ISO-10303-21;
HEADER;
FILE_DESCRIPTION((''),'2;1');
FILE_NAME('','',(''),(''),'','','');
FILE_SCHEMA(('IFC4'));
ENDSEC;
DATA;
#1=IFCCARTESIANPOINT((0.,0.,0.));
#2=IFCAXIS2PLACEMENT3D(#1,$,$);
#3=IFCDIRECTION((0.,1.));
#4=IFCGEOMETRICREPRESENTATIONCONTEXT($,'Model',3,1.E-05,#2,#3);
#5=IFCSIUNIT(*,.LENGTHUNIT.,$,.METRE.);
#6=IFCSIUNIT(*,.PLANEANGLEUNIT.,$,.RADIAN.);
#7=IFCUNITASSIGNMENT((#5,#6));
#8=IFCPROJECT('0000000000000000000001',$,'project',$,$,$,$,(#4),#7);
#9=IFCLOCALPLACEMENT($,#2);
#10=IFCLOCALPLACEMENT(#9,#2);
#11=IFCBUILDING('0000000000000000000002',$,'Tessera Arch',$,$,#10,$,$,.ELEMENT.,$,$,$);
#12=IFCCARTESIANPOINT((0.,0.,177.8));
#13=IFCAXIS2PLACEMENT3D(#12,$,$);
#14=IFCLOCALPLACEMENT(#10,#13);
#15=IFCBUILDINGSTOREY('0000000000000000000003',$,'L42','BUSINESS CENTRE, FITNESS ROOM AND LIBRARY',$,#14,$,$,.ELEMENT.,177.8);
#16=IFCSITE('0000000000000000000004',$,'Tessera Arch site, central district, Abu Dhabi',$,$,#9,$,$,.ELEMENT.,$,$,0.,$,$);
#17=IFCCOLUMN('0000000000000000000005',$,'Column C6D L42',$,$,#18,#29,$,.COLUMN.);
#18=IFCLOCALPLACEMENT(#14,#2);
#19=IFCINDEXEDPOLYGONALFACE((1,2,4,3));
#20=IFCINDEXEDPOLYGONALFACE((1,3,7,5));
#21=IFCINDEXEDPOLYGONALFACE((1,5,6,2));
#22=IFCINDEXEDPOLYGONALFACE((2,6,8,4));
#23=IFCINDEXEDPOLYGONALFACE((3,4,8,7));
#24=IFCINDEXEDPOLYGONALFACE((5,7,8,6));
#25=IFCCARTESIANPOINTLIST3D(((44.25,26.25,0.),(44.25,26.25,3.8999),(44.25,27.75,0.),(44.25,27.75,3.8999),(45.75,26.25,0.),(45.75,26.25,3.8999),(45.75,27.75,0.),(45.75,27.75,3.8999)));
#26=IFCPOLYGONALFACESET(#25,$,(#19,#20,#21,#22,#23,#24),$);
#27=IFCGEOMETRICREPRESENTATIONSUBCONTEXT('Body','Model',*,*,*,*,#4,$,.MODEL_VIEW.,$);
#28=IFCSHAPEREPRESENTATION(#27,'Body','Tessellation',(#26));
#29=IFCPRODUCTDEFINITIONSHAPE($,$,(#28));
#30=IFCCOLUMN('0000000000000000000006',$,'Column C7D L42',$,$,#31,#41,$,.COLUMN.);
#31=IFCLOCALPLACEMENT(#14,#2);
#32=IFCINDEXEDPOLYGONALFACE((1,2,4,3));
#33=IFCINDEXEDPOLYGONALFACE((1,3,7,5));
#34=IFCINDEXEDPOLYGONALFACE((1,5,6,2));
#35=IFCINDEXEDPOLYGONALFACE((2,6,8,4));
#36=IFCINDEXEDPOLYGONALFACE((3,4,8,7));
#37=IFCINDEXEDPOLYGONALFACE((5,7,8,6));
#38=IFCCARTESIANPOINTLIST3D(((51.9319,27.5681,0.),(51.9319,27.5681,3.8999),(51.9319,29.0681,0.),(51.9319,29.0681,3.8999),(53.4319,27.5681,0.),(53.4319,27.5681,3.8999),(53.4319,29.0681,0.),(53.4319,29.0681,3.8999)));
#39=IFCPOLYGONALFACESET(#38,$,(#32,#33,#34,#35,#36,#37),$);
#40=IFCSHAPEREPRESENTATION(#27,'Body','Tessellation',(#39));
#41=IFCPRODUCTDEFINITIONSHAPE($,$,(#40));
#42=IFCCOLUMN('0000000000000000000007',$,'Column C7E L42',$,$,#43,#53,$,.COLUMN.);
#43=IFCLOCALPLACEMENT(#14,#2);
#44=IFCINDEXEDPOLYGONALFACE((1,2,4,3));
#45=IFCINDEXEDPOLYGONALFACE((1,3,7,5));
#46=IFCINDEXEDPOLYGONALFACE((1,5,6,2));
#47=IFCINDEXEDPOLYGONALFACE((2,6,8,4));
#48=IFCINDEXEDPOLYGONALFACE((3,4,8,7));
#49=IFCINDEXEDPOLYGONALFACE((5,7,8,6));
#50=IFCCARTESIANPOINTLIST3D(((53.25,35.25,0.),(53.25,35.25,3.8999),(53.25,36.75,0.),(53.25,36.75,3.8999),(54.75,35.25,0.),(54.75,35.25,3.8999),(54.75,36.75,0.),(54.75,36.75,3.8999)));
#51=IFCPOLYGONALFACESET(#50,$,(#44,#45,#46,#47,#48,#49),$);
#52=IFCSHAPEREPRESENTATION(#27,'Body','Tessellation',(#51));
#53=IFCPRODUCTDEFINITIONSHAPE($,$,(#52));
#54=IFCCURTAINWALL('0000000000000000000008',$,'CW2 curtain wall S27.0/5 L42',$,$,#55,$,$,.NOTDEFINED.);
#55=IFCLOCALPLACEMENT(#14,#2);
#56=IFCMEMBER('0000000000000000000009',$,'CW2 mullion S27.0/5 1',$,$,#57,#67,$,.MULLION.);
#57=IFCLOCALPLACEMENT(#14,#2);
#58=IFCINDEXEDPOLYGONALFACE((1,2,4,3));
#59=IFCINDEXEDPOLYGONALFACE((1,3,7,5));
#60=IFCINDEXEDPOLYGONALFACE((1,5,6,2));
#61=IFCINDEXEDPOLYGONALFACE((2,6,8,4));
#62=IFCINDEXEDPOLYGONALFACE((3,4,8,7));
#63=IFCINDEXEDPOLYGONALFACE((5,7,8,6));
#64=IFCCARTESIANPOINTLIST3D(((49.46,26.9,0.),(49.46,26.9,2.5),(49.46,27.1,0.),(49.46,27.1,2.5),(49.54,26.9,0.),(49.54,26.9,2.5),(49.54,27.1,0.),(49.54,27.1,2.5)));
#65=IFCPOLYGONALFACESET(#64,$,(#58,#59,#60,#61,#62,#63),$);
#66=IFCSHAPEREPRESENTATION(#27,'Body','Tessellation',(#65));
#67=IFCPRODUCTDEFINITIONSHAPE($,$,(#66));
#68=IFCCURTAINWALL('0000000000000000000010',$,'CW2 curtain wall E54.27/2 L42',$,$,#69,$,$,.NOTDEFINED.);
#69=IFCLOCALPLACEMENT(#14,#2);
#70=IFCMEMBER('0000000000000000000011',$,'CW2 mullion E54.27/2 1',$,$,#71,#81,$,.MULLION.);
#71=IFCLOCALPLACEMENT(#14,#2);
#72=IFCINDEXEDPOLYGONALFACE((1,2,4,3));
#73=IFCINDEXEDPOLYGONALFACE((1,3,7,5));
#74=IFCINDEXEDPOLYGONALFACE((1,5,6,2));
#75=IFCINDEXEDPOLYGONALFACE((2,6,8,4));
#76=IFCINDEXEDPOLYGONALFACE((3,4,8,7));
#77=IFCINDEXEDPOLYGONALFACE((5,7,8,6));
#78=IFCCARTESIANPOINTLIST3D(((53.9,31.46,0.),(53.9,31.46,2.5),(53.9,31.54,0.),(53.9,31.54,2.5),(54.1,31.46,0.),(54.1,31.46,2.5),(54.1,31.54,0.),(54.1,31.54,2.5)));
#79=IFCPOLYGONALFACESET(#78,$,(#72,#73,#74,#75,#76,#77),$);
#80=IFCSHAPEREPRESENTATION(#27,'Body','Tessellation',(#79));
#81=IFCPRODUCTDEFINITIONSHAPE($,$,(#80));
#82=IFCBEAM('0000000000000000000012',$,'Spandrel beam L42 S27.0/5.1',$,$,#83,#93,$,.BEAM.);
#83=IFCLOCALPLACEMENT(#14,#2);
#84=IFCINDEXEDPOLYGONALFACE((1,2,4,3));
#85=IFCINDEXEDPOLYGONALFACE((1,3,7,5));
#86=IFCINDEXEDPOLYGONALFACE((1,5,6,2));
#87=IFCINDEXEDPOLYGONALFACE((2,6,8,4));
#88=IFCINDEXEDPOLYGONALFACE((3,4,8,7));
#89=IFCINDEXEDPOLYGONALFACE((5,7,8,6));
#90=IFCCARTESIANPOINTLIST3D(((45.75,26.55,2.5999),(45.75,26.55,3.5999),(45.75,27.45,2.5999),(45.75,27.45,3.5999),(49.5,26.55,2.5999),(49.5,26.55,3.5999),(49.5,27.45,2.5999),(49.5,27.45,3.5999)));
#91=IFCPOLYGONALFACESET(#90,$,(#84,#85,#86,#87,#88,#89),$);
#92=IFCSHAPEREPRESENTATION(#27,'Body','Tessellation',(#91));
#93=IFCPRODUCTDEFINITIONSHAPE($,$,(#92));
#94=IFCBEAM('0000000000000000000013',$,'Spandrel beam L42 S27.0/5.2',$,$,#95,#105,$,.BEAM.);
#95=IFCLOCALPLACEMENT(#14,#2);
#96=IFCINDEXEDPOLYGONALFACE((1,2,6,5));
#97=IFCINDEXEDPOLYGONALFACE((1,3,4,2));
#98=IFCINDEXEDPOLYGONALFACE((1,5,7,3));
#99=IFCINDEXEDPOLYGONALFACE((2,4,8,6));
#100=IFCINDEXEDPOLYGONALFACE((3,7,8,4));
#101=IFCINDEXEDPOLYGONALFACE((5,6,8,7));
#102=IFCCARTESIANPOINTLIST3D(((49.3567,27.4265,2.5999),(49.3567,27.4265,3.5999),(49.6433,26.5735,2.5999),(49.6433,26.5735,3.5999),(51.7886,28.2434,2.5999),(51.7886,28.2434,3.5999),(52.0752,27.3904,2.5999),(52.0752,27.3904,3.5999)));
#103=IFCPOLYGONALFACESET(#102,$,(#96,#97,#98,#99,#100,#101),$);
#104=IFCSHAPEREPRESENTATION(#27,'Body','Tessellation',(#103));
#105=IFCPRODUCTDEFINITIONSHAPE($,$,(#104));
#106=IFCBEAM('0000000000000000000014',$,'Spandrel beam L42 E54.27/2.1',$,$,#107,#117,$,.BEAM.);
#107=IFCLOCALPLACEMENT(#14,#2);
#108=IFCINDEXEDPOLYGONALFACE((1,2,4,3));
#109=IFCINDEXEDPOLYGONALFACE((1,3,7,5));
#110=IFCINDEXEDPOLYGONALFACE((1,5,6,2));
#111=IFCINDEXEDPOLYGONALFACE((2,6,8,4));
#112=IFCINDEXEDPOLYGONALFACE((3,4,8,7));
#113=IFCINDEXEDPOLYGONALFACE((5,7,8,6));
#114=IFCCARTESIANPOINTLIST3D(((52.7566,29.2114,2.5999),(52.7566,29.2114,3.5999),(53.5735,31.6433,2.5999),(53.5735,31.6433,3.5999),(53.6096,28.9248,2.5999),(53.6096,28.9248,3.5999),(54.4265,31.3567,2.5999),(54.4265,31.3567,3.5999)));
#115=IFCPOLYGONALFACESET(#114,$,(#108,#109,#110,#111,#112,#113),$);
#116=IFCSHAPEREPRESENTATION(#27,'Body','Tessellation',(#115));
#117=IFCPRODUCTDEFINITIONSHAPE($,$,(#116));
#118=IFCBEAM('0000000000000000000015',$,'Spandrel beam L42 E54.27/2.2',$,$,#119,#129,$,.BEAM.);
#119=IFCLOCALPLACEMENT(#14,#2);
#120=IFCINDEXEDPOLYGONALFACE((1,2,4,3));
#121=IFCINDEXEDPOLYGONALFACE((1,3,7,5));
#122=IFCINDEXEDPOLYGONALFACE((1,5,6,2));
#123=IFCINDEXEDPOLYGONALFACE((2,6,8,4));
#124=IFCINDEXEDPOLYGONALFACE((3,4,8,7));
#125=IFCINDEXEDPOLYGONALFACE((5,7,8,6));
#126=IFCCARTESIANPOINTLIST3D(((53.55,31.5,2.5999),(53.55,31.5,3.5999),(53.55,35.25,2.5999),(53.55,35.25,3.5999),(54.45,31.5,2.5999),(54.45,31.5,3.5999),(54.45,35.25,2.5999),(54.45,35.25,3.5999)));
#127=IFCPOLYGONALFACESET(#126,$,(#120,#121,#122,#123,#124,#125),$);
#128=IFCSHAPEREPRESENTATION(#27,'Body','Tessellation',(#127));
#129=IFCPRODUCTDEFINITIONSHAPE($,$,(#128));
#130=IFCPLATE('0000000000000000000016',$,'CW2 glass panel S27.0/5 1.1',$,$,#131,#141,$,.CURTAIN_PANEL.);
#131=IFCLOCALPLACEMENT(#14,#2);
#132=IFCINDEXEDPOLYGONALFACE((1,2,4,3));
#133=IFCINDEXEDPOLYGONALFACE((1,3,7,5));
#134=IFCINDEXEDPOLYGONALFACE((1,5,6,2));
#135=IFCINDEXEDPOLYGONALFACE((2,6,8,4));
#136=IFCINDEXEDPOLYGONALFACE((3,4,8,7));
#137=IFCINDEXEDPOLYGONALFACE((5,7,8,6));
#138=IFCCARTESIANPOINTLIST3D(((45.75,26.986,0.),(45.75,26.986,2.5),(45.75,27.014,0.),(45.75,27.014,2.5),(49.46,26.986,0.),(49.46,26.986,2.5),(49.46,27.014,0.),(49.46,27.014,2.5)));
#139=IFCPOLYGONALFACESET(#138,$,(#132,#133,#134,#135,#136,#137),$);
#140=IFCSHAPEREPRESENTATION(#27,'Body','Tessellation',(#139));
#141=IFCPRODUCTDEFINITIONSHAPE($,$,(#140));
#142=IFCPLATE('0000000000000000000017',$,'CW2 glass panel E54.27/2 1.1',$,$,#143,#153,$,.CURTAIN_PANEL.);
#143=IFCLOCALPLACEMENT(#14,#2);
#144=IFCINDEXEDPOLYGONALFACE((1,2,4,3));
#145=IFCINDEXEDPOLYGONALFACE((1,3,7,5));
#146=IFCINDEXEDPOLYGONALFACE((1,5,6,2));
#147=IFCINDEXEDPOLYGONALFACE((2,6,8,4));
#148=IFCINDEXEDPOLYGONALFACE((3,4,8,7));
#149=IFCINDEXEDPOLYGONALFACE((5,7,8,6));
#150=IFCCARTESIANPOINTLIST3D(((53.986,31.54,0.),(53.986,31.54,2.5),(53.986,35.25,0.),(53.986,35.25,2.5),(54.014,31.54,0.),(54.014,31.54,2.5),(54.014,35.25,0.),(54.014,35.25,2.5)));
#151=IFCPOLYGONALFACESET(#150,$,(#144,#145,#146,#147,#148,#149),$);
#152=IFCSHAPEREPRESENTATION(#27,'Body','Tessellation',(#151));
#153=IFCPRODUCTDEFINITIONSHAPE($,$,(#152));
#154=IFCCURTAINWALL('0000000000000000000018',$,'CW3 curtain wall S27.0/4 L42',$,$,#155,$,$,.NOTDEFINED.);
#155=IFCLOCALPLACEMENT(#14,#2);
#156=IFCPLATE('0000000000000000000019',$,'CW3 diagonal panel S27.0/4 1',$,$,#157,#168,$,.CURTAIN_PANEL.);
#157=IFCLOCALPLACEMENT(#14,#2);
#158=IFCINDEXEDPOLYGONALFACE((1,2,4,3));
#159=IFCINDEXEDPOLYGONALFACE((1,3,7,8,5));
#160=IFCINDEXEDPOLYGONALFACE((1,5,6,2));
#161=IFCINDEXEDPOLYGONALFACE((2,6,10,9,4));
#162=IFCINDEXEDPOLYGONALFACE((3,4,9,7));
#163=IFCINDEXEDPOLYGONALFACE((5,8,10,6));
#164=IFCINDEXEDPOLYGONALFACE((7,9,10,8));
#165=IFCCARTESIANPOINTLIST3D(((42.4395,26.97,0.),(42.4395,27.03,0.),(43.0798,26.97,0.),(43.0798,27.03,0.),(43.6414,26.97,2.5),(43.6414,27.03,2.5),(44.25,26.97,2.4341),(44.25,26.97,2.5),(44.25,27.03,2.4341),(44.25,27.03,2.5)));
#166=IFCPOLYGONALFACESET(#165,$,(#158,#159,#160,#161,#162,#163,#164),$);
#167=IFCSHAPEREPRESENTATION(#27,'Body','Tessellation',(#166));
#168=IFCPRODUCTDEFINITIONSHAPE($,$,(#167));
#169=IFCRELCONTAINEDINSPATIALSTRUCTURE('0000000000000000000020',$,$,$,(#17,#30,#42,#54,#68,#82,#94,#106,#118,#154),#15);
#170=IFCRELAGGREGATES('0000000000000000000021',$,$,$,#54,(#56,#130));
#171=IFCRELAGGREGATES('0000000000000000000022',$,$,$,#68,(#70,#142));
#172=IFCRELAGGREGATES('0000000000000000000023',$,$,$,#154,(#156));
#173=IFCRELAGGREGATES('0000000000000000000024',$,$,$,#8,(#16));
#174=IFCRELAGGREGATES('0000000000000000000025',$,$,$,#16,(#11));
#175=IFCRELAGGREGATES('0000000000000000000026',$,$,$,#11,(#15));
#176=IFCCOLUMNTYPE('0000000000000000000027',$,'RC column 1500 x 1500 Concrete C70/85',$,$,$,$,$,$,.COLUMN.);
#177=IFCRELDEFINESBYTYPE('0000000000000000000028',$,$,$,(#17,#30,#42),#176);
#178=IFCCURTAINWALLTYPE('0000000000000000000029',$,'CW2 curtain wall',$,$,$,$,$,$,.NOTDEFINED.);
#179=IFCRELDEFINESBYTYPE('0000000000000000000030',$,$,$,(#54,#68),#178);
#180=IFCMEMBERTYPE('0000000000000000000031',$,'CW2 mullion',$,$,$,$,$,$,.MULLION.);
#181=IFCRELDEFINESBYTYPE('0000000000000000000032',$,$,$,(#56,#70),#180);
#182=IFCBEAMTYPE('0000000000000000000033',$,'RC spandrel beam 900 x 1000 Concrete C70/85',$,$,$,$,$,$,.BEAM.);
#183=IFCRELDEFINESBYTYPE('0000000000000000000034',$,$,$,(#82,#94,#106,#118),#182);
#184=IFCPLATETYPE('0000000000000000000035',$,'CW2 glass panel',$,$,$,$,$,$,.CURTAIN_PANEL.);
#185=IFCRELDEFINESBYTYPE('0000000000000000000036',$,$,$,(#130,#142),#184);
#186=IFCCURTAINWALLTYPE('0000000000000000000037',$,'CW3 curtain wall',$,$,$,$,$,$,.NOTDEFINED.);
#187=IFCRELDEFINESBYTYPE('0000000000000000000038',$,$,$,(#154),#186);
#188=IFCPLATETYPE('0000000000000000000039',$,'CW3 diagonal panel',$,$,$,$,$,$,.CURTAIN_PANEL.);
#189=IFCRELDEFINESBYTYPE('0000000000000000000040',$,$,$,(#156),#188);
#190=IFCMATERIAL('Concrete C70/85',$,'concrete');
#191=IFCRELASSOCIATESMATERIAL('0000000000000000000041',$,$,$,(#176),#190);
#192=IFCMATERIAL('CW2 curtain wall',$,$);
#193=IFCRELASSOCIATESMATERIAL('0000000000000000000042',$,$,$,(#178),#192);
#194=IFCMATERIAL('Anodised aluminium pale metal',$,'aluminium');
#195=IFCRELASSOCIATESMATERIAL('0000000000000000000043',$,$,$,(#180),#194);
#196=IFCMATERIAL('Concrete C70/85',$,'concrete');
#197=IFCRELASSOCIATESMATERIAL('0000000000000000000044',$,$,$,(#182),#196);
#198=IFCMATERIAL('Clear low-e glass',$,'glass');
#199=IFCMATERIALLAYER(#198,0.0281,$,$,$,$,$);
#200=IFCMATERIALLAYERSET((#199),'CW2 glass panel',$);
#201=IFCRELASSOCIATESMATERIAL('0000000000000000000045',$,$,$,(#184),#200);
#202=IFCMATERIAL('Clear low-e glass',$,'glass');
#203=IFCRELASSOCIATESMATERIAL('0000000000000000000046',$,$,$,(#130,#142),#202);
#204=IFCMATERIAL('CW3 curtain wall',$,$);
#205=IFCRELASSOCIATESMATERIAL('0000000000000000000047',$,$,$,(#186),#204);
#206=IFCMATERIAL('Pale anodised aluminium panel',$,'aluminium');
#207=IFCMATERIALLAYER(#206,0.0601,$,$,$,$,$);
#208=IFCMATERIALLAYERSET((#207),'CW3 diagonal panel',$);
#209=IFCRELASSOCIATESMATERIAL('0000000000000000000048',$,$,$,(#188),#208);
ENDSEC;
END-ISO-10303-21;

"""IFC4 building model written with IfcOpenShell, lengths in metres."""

from ifc_helpers import new_model, si_unit, direction, frame, origin, origin_2d, place, context, subcontext, project, spatial, polyline, rectangle, outline, extrude, material, layer, layer_set, material_profile, profile_set, type_object, element, aggregate, save


model = new_model("IFC4")

# Units and contexts
model_context = context("Model", 3, precision=1e-05, world=origin(), true_north=direction((0.0, 1.0)))
body_context = subcontext(model_context, "Body", "Model", "MODEL_VIEW")
ifc_project = project(units=[si_unit("LENGTHUNIT", "METRE"), si_unit("PLANEANGLEUNIT", "RADIAN")], contexts=[model_context])

# Site, building, storey
site_placement = place(None, origin())
site = spatial("IfcSite", under=ifc_project, at=site_placement, Name="Tessera Arch site, central district, Abu Dhabi", CompositionType="ELEMENT", RefElevation=0.0)
building_placement = place(site_placement, origin())
building = spatial("IfcBuilding", under=site, at=building_placement, Name="Tessera Arch", CompositionType="ELEMENT")
storey_placement = place(building_placement, frame((0.0, 0.0, 177.8)))
storey = spatial("IfcBuildingStorey", under=building, at=storey_placement, Name="L42", Description="BUSINESS CENTRE, FITNESS ROOM AND LIBRARY", CompositionType="ELEMENT", Elevation=177.8)

# Columns
ifc_material_1 = material(Name="Concrete C70/85", Category="concrete")
ifc_material_profile_1 = material_profile(ifc_material_1, rectangle(XDim=1.5, YDim=1.5, at=origin_2d()), Name="RC column 1500 x 1500 Concrete C70/85")
ifc_profile_set_1 = profile_set([ifc_material_profile_1], Name="Concrete C70/85")
column_type = type_object("IfcColumnType", Name="RC column 1500 x 1500 Concrete C70/85", PredefinedType="COLUMN", material=ifc_profile_set_1)
for number, where, z_axis, x_axis, name in (
    (1, (45.0, 27.0, 0.0), (0.0, 0.0, 1.0), (1.0, 0.0, 0.0), "Column C6D L42"),
    (2, (52.6819, 28.3181, 0.0), (0.0, 0.0, 1.0), (1.0, 0.0, 0.0), "Column C7D L42"),
    (3, (54.0, 36.0, 0.0), (0.0, 0.0, 1.0), (1.0, 0.0, 0.0), "Column C7E L42"),
):
    element("IfcColumn", number, at=place(storey_placement, frame(where, z_axis=z_axis, x_axis=x_axis)), inside=storey, type_object=column_type, Name=name, PredefinedType="COLUMN", context=body_context, shape_type="SweptSolid", body=[
        extrude(rectangle(XDim=1.5, YDim=1.5, at=origin_2d()), origin(), (0.0, 0.0, 1.0), 3.8999),
    ])

# Curtain walls, members
ifc_material_2 = material(Name="CW2 curtain wall")
curtain_wall_type_1 = type_object("IfcCurtainWallType", Name="CW2 curtain wall", PredefinedType="NOTDEFINED", material=ifc_material_2)
curtain_wall_1_placement = place(storey_placement, origin())
curtain_wall_1 = element("IfcCurtainWall", 4, at=curtain_wall_1_placement, inside=storey, type_object=curtain_wall_type_1, Name="CW2 curtain wall S27.0/5 L42", PredefinedType="NOTDEFINED")
ifc_material_3 = material(Name="Anodised aluminium pale metal", Category="aluminium")
ifc_material_profile_2 = material_profile(ifc_material_3, rectangle(XDim=0.2, YDim=0.0801, at=origin_2d()), Name="AL 80x200")
ifc_profile_set_2 = profile_set([ifc_material_profile_2], Name="Anodised aluminium pale metal")
member_type = type_object("IfcMemberType", Name="CW2 mullion", PredefinedType="MULLION", material=ifc_profile_set_2)
member_1_placement = place(storey_placement, frame((49.5, 27.0, 0.0), z_axis=(0.0, 0.0, 1.0), x_axis=(0.0, 1.0, 0.0)))
member_1 = element("IfcMember", 5, at=member_1_placement, type_object=member_type, Name="CW2 mullion S27.0/5 1", PredefinedType="MULLION", context=body_context, shape_type="SweptSolid", body=[
    extrude(rectangle(XDim=0.2, YDim=0.0801, at=origin_2d()), origin(), (0.0, 0.0, 1.0), 2.5),
])
curtain_wall_2_placement = place(storey_placement, origin())
curtain_wall_2 = element("IfcCurtainWall", 6, at=curtain_wall_2_placement, inside=storey, type_object=curtain_wall_type_1, Name="CW2 curtain wall E54.27/2 L42", PredefinedType="NOTDEFINED")
member_2_placement = place(storey_placement, frame((54.0, 31.5, 0.0), z_axis=(0.0, 0.0, 1.0), x_axis=(-1.0, 0.0, 0.0)))
member_2 = element("IfcMember", 7, at=member_2_placement, type_object=member_type, Name="CW2 mullion E54.27/2 1", PredefinedType="MULLION", context=body_context, shape_type="SweptSolid", body=[
    extrude(rectangle(XDim=0.2, YDim=0.0801, at=origin_2d()), origin(), (0.0, 0.0, 1.0), 2.5),
])

# Beams
ifc_material_4 = material(Name="Concrete C70/85", Category="concrete")
ifc_material_profile_3 = material_profile(ifc_material_4, rectangle(XDim=0.8999, YDim=1.0, at=origin_2d()), Name="RC spandrel beam 900 x 1000 Concrete C70/85")
ifc_profile_set_3 = profile_set([ifc_material_profile_3], Name="Concrete C70/85")
beam_type = type_object("IfcBeamType", Name="RC spandrel beam 900 x 1000 Concrete C70/85", PredefinedType="BEAM", material=ifc_profile_set_3)
beam_1_placement = place(storey_placement, frame((45.75, 27.0, 3.0999), z_axis=(1.0, 0.0, 0.0), x_axis=(0.0, 1.0, 0.0)))
element("IfcBeam", 8, at=beam_1_placement, inside=storey, type_object=beam_type, Name="Spandrel beam L42 S27.0/5.1", PredefinedType="BEAM", context=body_context, shape_type="SweptSolid", body=[
    extrude(rectangle(XDim=0.8999, YDim=1.0, at=origin_2d()), origin(), (0.0, 0.0, 1.0), 3.75),
])
for number, where, z_axis, x_axis, name in (
    (9, (49.5, 27.0, 3.0999), (0.947948, 0.318425, 0.0), (-0.318425, 0.947948, 0.0), "Spandrel beam L42 S27.0/5.2"),
    (10, (53.1831, 29.0681, 3.0999), (0.318425, 0.947948, 0.0), (-0.947948, 0.318425, 0.0), "Spandrel beam L42 E54.27/2.1"),
):
    element("IfcBeam", number, at=place(storey_placement, frame(where, z_axis=z_axis, x_axis=x_axis)), inside=storey, type_object=beam_type, Name=name, PredefinedType="BEAM", context=body_context, shape_type="SweptSolid", body=[
        extrude(rectangle(XDim=0.8999, YDim=1.0, at=origin_2d()), origin(), (0.0, 0.0, 1.0), 2.5654),
    ])
beam_2_placement = place(storey_placement, frame((54.0, 31.5, 3.0999), z_axis=(0.0, 1.0, 0.0), x_axis=(-1.0, 0.0, 0.0)))
element("IfcBeam", 11, at=beam_2_placement, inside=storey, type_object=beam_type, Name="Spandrel beam L42 E54.27/2.2", PredefinedType="BEAM", context=body_context, shape_type="SweptSolid", body=[
    extrude(rectangle(XDim=0.8999, YDim=1.0, at=origin_2d()), origin(), (0.0, 0.0, 1.0), 3.75),
])

# Plates
ifc_material_5 = material(Name="Clear low-e glass", Category="glass")
ifc_material_6 = material(Name="Clear low-e glass", Category="glass")
ifc_layer_1 = layer(ifc_material_6, 0.0281)
ifc_layer_set_1 = layer_set([ifc_layer_1], Name="CW2 glass panel")
plate_type_1 = type_object("IfcPlateType", Name="CW2 glass panel", PredefinedType="CURTAIN_PANEL", material=ifc_layer_set_1)
plate_1_placement = place(storey_placement, frame((47.605, 27.0, 0.0), z_axis=(0.0, 0.0, 1.0), x_axis=(1.0, 0.0, 0.0)))
plate_1 = element("IfcPlate", 12, at=plate_1_placement, type_object=plate_type_1, material=ifc_material_5, Name="CW2 glass panel S27.0/5 1.1", PredefinedType="CURTAIN_PANEL", context=body_context, shape_type="SweptSolid", body=[
    extrude(rectangle(XDim=3.71, YDim=0.0281, at=origin_2d()), origin(), (0.0, 0.0, 1.0), 2.5),
])
aggregate(curtain_wall_1, [member_1, plate_1])
plate_2_placement = place(storey_placement, frame((54.0, 33.395, 0.0), z_axis=(0.0, 0.0, 1.0), x_axis=(0.0, 1.0, 0.0)))
plate_2 = element("IfcPlate", 13, at=plate_2_placement, type_object=plate_type_1, material=ifc_material_5, Name="CW2 glass panel E54.27/2 1.1", PredefinedType="CURTAIN_PANEL", context=body_context, shape_type="SweptSolid", body=[
    extrude(rectangle(XDim=3.71, YDim=0.0281, at=origin_2d()), origin(), (0.0, 0.0, 1.0), 2.5),
])
aggregate(curtain_wall_2, [member_2, plate_2])

# Curtain wall, plate
ifc_material_7 = material(Name="CW3 curtain wall")
curtain_wall_type_2 = type_object("IfcCurtainWallType", Name="CW3 curtain wall", PredefinedType="NOTDEFINED", material=ifc_material_7)
curtain_wall_3_placement = place(storey_placement, origin())
curtain_wall_3 = element("IfcCurtainWall", 14, at=curtain_wall_3_placement, inside=storey, type_object=curtain_wall_type_2, Name="CW3 curtain wall S27.0/4 L42", PredefinedType="NOTDEFINED")
ifc_material_8 = material(Name="Pale anodised aluminium panel", Category="aluminium")
ifc_layer_2 = layer(ifc_material_8, 0.0601)
ifc_layer_set_2 = layer_set([ifc_layer_2], Name="CW3 diagonal panel")
plate_type_2 = type_object("IfcPlateType", Name="CW3 diagonal panel", PredefinedType="CURTAIN_PANEL", material=ifc_layer_set_2)
plate_3_placement = place(storey_placement, frame((44.25, 26.97, 2.5), z_axis=(0.0, -1.0, 0.0), x_axis=(-1.0, 0.0, 0.0)))
plate_3 = element("IfcPlate", 15, at=plate_3_placement, type_object=plate_type_2, Name="CW3 diagonal panel S27.0/4 1", PredefinedType="CURTAIN_PANEL", context=body_context, shape_type="SweptSolid", body=[
    extrude(outline(polyline([(0.0, 0.0), (0.6086, 0.0), (1.8105, 2.5), (1.1702, 2.5), (0.0, 0.0659), (0.0, 0.0)])), origin(), (0.0, 0.0, -1.0), 0.0601),
])
aggregate(curtain_wall_3, [plate_3])

save(model, "model.ifc")
